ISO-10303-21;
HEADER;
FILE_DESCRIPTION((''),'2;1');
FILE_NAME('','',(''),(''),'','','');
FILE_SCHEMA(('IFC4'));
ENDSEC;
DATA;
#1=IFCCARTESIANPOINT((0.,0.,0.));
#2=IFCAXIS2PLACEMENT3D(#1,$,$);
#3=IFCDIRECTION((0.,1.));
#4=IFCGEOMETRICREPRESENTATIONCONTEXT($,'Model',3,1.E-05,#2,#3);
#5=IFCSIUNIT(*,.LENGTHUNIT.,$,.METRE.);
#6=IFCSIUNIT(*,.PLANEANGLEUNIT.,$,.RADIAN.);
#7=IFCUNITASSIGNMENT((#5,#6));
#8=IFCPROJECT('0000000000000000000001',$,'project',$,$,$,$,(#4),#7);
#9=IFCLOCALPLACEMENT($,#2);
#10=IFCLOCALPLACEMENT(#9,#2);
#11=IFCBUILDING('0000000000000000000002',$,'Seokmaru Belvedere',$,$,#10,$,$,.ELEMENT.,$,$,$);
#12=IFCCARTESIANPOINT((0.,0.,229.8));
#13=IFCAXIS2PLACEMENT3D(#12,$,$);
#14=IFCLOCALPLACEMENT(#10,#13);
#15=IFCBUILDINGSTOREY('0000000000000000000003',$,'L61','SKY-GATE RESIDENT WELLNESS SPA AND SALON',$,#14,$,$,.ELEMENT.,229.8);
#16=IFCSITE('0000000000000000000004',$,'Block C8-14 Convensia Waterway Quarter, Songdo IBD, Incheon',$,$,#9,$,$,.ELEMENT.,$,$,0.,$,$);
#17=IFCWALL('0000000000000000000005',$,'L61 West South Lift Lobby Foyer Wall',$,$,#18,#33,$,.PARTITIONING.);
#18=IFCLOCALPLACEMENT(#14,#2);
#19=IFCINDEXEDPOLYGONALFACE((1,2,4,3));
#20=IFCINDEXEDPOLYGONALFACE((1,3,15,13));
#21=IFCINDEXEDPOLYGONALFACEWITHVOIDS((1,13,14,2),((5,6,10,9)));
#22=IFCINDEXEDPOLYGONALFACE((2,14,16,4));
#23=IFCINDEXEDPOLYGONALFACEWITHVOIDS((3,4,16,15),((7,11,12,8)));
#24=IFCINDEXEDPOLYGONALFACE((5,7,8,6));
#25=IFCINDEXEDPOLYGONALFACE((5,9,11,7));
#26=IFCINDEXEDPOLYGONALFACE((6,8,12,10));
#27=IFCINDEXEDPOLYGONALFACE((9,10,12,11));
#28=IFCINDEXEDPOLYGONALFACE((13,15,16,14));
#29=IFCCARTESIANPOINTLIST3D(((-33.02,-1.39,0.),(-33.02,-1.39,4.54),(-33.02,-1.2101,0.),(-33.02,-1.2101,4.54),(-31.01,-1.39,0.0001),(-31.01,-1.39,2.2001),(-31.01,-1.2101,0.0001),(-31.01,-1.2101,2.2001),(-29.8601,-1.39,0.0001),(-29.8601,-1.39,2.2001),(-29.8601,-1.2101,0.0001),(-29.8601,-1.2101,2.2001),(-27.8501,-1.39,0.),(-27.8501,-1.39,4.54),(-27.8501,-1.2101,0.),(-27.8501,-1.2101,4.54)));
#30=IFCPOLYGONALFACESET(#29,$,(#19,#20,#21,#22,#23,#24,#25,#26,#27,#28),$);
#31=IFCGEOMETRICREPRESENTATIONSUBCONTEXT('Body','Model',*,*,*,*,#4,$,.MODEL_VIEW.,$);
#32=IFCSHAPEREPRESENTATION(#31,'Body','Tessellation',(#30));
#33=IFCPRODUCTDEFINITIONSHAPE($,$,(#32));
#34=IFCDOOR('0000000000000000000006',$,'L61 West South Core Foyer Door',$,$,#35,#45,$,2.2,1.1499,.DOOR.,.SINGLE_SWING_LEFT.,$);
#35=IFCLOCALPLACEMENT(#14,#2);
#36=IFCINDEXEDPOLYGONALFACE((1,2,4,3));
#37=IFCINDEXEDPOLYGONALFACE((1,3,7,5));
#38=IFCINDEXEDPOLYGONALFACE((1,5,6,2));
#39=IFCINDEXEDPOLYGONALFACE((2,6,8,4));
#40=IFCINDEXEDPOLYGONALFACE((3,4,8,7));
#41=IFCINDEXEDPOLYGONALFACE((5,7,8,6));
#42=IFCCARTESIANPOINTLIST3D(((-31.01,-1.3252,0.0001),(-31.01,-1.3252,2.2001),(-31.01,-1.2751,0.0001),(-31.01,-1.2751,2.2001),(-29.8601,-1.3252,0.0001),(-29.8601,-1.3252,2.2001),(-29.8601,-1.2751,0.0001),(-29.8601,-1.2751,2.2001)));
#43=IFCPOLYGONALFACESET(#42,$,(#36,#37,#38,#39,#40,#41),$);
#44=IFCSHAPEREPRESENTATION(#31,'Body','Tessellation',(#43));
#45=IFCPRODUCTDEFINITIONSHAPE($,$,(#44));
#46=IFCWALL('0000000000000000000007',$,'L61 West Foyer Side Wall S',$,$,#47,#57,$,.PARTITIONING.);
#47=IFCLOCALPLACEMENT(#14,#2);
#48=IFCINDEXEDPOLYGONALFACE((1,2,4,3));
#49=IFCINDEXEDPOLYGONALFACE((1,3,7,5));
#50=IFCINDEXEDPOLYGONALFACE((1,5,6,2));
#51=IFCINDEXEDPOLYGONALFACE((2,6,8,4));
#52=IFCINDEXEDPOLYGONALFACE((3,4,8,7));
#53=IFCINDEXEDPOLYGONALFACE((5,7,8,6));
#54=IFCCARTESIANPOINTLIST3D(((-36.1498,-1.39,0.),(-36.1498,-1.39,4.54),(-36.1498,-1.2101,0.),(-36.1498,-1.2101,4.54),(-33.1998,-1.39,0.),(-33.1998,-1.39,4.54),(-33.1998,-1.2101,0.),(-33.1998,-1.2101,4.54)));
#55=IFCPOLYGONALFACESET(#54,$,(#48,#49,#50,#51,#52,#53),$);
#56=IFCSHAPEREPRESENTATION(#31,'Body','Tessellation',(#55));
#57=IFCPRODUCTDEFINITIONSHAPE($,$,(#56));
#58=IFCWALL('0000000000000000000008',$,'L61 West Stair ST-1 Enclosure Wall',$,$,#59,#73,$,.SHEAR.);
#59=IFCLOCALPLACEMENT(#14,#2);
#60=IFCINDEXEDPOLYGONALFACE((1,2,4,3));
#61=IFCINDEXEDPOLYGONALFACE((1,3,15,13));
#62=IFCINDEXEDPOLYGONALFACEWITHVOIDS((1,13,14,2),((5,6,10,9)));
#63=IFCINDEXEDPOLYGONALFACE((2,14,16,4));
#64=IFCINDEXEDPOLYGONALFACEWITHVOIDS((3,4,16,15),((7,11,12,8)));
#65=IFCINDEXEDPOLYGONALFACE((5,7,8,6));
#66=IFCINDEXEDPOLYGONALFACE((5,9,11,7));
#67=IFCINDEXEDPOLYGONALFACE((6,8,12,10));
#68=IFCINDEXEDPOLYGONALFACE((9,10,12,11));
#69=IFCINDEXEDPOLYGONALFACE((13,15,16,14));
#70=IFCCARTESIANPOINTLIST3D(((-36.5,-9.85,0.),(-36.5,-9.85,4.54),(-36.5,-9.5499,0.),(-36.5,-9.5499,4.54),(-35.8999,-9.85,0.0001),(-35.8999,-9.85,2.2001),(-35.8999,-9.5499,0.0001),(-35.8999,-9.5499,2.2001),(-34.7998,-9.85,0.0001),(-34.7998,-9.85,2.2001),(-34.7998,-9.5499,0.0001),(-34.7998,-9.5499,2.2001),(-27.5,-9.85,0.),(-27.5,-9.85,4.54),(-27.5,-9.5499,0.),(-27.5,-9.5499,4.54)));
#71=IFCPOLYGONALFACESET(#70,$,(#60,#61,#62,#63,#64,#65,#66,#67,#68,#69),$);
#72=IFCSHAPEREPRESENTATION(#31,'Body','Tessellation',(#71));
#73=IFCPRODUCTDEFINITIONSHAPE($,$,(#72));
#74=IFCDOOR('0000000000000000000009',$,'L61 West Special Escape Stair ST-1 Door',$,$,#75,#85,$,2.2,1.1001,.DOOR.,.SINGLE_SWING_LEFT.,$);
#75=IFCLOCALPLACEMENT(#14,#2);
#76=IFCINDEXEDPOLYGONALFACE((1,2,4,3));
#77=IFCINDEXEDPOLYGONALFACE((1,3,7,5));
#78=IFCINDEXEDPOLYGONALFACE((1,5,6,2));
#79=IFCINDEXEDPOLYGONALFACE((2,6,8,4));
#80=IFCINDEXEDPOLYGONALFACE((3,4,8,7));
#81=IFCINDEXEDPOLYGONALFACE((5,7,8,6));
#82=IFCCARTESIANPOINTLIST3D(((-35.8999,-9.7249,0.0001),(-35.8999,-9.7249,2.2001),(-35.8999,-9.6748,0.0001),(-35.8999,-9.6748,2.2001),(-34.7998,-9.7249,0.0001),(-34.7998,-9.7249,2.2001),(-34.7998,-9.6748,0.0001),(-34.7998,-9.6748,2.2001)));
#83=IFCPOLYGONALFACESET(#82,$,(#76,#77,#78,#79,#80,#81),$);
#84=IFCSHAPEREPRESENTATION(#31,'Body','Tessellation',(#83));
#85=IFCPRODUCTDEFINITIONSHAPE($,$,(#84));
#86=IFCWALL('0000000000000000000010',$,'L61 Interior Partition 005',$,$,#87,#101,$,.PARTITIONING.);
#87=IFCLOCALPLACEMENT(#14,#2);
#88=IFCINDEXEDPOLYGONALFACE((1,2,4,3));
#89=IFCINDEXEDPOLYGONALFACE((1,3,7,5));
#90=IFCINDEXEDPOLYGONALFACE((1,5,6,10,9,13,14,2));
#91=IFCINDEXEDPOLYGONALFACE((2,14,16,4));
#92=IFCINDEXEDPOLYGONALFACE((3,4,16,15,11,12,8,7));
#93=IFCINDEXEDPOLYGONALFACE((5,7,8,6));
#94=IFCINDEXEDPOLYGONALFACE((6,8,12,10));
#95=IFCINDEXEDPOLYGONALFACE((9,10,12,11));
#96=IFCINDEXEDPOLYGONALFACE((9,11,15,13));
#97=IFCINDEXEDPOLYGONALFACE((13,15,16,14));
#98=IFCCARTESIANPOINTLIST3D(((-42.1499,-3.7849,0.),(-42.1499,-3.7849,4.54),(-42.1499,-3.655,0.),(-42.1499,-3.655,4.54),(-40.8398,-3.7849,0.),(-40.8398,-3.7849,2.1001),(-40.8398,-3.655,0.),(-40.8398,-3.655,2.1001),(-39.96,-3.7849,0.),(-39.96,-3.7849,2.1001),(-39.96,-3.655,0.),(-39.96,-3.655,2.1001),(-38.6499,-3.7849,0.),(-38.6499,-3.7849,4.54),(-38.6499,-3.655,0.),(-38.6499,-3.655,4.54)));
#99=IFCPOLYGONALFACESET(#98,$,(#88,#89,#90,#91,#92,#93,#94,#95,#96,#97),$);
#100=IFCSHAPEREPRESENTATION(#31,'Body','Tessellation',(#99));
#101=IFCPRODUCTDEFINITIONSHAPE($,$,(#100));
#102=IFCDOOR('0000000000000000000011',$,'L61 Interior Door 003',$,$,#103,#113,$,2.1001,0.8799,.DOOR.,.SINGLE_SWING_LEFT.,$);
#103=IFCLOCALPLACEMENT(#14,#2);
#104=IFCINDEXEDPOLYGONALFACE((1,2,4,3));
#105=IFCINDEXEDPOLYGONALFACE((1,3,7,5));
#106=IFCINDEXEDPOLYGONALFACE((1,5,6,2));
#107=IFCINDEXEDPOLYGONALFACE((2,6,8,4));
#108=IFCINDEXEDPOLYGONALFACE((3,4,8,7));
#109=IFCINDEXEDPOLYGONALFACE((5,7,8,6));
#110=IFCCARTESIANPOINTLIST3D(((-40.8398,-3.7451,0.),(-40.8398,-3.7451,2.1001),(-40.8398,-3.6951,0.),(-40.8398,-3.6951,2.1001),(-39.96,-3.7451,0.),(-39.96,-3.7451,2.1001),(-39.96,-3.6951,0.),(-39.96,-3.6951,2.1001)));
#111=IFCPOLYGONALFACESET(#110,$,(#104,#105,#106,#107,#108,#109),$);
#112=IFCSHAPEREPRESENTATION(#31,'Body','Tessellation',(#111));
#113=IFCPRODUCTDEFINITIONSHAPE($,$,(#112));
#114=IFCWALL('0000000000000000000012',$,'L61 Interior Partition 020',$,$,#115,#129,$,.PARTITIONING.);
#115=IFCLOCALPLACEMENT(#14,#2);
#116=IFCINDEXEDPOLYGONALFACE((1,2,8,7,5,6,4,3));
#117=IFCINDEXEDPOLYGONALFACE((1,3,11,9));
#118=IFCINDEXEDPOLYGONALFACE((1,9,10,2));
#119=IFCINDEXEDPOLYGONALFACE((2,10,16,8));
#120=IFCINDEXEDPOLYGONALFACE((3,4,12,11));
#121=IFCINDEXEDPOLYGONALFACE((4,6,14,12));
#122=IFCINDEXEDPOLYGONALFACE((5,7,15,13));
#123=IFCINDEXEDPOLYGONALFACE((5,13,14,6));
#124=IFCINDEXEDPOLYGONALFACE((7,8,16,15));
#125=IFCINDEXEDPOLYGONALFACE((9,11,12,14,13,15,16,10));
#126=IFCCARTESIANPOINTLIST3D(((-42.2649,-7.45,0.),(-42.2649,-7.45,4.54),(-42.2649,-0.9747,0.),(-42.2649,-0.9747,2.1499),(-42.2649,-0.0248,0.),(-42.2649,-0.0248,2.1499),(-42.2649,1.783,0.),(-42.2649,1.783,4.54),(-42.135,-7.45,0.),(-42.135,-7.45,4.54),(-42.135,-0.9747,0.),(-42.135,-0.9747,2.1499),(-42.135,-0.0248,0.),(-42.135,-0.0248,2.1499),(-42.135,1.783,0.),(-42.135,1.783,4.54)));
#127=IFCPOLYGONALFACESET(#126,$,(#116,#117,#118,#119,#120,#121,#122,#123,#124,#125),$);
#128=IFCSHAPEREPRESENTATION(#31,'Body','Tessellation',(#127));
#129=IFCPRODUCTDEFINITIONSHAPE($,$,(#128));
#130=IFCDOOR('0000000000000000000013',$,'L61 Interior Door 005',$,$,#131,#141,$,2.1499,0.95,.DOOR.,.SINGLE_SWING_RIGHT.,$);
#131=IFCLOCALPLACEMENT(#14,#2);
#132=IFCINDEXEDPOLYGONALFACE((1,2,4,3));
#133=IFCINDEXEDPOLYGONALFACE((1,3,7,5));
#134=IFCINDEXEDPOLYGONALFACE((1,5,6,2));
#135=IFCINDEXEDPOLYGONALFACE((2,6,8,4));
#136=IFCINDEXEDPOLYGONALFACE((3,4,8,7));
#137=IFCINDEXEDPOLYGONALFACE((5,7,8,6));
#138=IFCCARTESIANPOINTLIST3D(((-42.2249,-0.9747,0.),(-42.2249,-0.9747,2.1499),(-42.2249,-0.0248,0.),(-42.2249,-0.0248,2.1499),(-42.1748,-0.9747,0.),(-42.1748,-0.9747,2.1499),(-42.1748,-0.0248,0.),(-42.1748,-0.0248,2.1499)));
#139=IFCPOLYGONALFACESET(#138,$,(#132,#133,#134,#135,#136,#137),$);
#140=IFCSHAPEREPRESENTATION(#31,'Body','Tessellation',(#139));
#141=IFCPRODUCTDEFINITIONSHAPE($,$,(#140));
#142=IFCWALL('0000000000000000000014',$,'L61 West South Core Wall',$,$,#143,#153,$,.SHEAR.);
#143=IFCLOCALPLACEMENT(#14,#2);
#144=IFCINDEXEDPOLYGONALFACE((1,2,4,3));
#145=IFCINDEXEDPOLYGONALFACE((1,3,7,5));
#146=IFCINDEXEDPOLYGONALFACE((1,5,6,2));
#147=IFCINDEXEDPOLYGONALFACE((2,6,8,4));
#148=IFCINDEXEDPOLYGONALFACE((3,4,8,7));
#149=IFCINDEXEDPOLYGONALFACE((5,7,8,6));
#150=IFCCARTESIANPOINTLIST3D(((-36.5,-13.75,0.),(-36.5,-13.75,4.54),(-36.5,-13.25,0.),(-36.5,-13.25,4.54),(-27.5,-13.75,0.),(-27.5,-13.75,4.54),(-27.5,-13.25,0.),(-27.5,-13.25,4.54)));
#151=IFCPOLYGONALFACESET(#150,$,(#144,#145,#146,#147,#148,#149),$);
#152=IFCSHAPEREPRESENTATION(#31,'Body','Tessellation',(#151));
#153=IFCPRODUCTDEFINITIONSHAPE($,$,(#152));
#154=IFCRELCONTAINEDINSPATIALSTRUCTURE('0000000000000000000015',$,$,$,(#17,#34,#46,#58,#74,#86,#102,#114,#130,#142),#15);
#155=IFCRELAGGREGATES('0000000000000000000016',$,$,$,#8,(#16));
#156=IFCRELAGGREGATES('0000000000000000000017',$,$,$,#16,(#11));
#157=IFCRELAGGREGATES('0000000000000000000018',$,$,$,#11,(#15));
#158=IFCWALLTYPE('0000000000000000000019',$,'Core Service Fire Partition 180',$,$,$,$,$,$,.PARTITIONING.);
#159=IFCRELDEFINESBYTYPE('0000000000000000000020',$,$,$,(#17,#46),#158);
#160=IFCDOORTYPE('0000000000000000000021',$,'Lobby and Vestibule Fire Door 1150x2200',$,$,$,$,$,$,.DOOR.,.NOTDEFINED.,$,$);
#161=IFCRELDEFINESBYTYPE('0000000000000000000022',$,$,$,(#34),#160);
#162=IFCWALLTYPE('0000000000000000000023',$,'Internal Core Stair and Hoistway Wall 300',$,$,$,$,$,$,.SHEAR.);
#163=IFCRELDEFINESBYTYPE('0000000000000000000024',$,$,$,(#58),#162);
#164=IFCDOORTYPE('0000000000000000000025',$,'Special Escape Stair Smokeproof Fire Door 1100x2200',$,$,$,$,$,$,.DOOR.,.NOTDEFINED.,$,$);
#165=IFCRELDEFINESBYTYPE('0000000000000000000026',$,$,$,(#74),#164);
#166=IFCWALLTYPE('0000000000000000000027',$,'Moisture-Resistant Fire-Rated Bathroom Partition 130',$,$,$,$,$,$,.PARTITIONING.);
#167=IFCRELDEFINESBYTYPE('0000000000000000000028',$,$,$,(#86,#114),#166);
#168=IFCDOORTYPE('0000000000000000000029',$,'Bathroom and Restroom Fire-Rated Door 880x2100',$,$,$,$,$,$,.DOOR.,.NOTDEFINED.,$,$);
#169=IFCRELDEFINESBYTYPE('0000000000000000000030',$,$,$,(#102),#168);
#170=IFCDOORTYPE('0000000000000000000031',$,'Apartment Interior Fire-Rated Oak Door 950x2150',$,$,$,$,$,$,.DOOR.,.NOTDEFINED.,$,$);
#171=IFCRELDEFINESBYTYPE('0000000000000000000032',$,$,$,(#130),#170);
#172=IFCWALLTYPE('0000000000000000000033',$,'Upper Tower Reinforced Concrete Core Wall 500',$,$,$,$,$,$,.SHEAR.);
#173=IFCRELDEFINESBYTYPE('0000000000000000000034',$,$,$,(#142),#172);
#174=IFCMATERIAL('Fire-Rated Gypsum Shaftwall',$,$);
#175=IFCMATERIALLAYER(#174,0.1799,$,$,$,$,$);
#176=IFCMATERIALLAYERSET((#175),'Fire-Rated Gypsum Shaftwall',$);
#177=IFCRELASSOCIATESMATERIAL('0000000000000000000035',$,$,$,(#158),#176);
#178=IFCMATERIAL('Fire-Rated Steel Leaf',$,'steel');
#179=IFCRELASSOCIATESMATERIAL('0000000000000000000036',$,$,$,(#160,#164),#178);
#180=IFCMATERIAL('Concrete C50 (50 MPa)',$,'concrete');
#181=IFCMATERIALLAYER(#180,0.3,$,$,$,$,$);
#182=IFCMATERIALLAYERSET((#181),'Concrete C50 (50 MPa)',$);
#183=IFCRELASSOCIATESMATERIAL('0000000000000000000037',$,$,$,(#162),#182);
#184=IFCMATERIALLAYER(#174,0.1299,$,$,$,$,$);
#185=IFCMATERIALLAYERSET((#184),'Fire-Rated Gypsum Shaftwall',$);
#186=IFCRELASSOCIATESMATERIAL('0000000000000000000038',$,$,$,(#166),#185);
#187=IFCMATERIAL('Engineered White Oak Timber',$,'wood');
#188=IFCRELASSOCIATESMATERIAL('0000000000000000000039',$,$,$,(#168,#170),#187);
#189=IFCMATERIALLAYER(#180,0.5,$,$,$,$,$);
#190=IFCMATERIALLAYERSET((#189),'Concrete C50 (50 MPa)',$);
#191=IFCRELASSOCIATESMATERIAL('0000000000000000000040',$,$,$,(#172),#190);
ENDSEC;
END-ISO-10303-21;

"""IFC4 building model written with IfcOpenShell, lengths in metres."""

from ifc_helpers import new_model, si_unit, direction, frame, frame_2d, origin, place, context, subcontext, project, spatial, rectangle, extrude, source, transform, mapped, material, layer, layer_set, type_object, type_shapes, element, fill, save


model = new_model("IFC4")

# Units and contexts
model_context = context("Model", 3, precision=1e-05, world=origin(), true_north=direction((0.0, 1.0)))
body_context = subcontext(model_context, "Body", "Model", "MODEL_VIEW")
ifc_project = project(units=[si_unit("LENGTHUNIT", "METRE"), si_unit("PLANEANGLEUNIT", "RADIAN")], contexts=[model_context])

# Site, building, storey
site_placement = place(None, origin())
site = spatial("IfcSite", under=ifc_project, at=site_placement, Name="Block C8-14 Convensia Waterway Quarter, Songdo IBD, Incheon", CompositionType="ELEMENT", RefElevation=0.0)
building_placement = place(site_placement, origin())
building = spatial("IfcBuilding", under=site, at=building_placement, Name="Seokmaru Belvedere", CompositionType="ELEMENT")
storey_placement = place(building_placement, frame((0.0, 0.0, 229.8)))
storey = spatial("IfcBuildingStorey", under=building, at=storey_placement, Name="L61", Description="SKY-GATE RESIDENT WELLNESS SPA AND SALON", CompositionType="ELEMENT", Elevation=229.8)

# Shared definitions
ifc_material_1 = material(Name="Fire-Rated Gypsum Shaftwall")
ifc_layer_1 = layer(ifc_material_1, 0.1799)
ifc_layer_set_1 = layer_set([ifc_layer_1], Name="Fire-Rated Gypsum Shaftwall")
wall_type_1 = type_object("IfcWallType", Name="Core Service Fire Partition 180", PredefinedType="PARTITIONING", material=ifc_layer_set_1)

# Wall, opening, door
wall_1_placement = place(storey_placement, frame((-33.02, -1.3, 0.0), z_axis=(0.0, 0.0, 1.0), x_axis=(1.0, 0.0, 0.0)))
wall_1 = element("IfcWall", 1, at=wall_1_placement, inside=storey, type_object=wall_type_1, Name="L61 West South Lift Lobby Foyer Wall", PredefinedType="PARTITIONING", context=body_context, shape_type="SweptSolid", body=[
    extrude(rectangle(XDim=5.1699, YDim=0.1799, at=frame_2d((2.585, 0.0))), origin(), (0.0, 0.0, 1.0), 4.54),
])
opening_1_placement = place(wall_1_placement, frame((2.01, 0.0, 0.0)))
opening_1 = element("IfcOpeningElement", 2, at=opening_1_placement, cuts=wall_1, PredefinedType="OPENING", context=body_context, shape_type="SweptSolid", body=[
    extrude(rectangle(XDim=1.1499, YDim=2.2, at=frame_2d((0.575, 1.1001))), frame((0.0, 0.1001, 0.0), z_axis=(0.0, -1.0, 0.0), x_axis=(1.0, 0.0, 0.0)), (0.0, 0.0, 1.0), 0.2),
])
ifc_material_2 = material(Name="Fire-Rated Steel Leaf", Category="steel")
door_type_1 = type_object("IfcDoorType", Name="Lobby and Vestibule Fire Door 1150x2200", OperationType="NOTDEFINED", PredefinedType="DOOR", material=ifc_material_2)
shared_shape_1 = source(origin(), body_context, "Body", "SweptSolid", [
    extrude(rectangle(XDim=1.1499, YDim=2.2, at=frame_2d((0.575, 1.1001))), frame((0.0, 0.0249, 0.0), z_axis=(0.0, -1.0, 0.0), x_axis=(1.0, 0.0, 0.0)), (0.0, 0.0, 1.0), 0.05),
])
type_shapes(door_type_1, [shared_shape_1])
door_1_placement = place(opening_1_placement, origin())
door_1 = element("IfcDoor", 3, at=door_1_placement, inside=storey, type_object=door_type_1, Name="L61 West South Core Foyer Door", OperationType="SINGLE_SWING_LEFT", OverallHeight=2.2, OverallWidth=1.1499, PredefinedType="DOOR", context=body_context, shape_type="MappedRepresentation", body=[
    mapped(shared_shape_1, transform((0.0, 0.0, 0.0), scale=1.0)),
])
fill(opening_1, door_1)

# Wall
wall_2_placement = place(storey_placement, frame((-36.1499, -1.3, 0.0), z_axis=(0.0, 0.0, 1.0), x_axis=(1.0, 0.0, 0.0)))
element("IfcWall", 4, at=wall_2_placement, inside=storey, type_object=wall_type_1, Name="L61 West Foyer Side Wall S", PredefinedType="PARTITIONING", context=body_context, shape_type="SweptSolid", body=[
    extrude(rectangle(XDim=2.95, YDim=0.1799, at=frame_2d((1.4751, 0.0))), origin(), (0.0, 0.0, 1.0), 4.54),
])

# Walls, openings, doors
ifc_material_3 = material(Name="Concrete C50 (50 MPa)", Category="concrete")
ifc_layer_2 = layer(ifc_material_3, 0.3)
ifc_layer_set_2 = layer_set([ifc_layer_2], Name="Concrete C50 (50 MPa)")
wall_type_2 = type_object("IfcWallType", Name="Internal Core Stair and Hoistway Wall 300", PredefinedType="SHEAR", material=ifc_layer_set_2)
wall_3_placement = place(storey_placement, frame((-36.5, -9.7, 0.0), z_axis=(0.0, 0.0, 1.0), x_axis=(1.0, 0.0, 0.0)))
wall_3 = element("IfcWall", 5, at=wall_3_placement, inside=storey, type_object=wall_type_2, Name="L61 West Stair ST-1 Enclosure Wall", PredefinedType="SHEAR", context=body_context, shape_type="SweptSolid", body=[
    extrude(rectangle(XDim=9.0, YDim=0.3, at=frame_2d((4.5, 0.0))), origin(), (0.0, 0.0, 1.0), 4.54),
])
opening_2_placement = place(wall_3_placement, frame((0.6001, 0.0, 0.0)))
opening_2 = element("IfcOpeningElement", 6, at=opening_2_placement, cuts=wall_3, PredefinedType="OPENING", context=body_context, shape_type="SweptSolid", body=[
    extrude(rectangle(XDim=1.1001, YDim=2.2, at=frame_2d((0.55, 1.1001))), frame((0.0, 0.1602, 0.0), z_axis=(0.0, -1.0, 0.0), x_axis=(1.0, 0.0, 0.0)), (0.0, 0.0, 1.0), 0.3201),
])
door_type_2 = type_object("IfcDoorType", Name="Special Escape Stair Smokeproof Fire Door 1100x2200", OperationType="NOTDEFINED", PredefinedType="DOOR", material=ifc_material_2)
shared_shape_2 = source(origin(), body_context, "Body", "SweptSolid", [
    extrude(rectangle(XDim=1.1001, YDim=2.2, at=frame_2d((0.55, 1.1001))), frame((0.0, 0.0249, 0.0), z_axis=(0.0, -1.0, 0.0), x_axis=(1.0, 0.0, 0.0)), (0.0, 0.0, 1.0), 0.05),
])
type_shapes(door_type_2, [shared_shape_2])
door_2_placement = place(opening_2_placement, frame((1.1001, 0.0, 0.0), z_axis=(0.0, 0.0, 1.0), x_axis=(-1.0, 0.0, 0.0)))
door_2 = element("IfcDoor", 7, at=door_2_placement, inside=storey, type_object=door_type_2, Name="L61 West Special Escape Stair ST-1 Door", OperationType="SINGLE_SWING_LEFT", OverallHeight=2.2, OverallWidth=1.1001, PredefinedType="DOOR", context=body_context, shape_type="MappedRepresentation", body=[
    mapped(shared_shape_2, transform((0.0, 0.0, 0.0), scale=1.0)),
])
fill(opening_2, door_2)
ifc_layer_3 = layer(ifc_material_1, 0.1299)
ifc_layer_set_3 = layer_set([ifc_layer_3], Name="Fire-Rated Gypsum Shaftwall")
wall_type_3 = type_object("IfcWallType", Name="Moisture-Resistant Fire-Rated Bathroom Partition 130", PredefinedType="PARTITIONING", material=ifc_layer_set_3)
wall_4_placement = place(storey_placement, frame((-42.1499, -3.72, 0.0), z_axis=(0.0, 0.0, 1.0), x_axis=(1.0, 0.0, 0.0)))
wall_4 = element("IfcWall", 8, at=wall_4_placement, inside=storey, type_object=wall_type_3, Name="L61 Interior Partition 005", PredefinedType="PARTITIONING", context=body_context, shape_type="SweptSolid", body=[
    extrude(rectangle(XDim=3.5, YDim=0.1299, at=frame_2d((1.75, 0.0))), origin(), (0.0, 0.0, 1.0), 4.54),
])
opening_3_placement = place(wall_4_placement, frame((1.3101, 0.0, 0.0)))
opening_3 = element("IfcOpeningElement", 9, at=opening_3_placement, cuts=wall_4, PredefinedType="OPENING", context=body_context, shape_type="SweptSolid", body=[
    extrude(rectangle(XDim=0.8799, YDim=2.1001, at=frame_2d((0.4399, 1.05))), frame((0.0, 0.075, 0.0), z_axis=(0.0, -1.0, 0.0), x_axis=(1.0, 0.0, 0.0)), (0.0, 0.0, 1.0), 0.1499),
])
ifc_material_4 = material(Name="Engineered White Oak Timber", Category="wood")
door_type_3 = type_object("IfcDoorType", Name="Bathroom and Restroom Fire-Rated Door 880x2100", OperationType="NOTDEFINED", PredefinedType="DOOR", material=ifc_material_4)
shared_shape_3 = source(origin(), body_context, "Body", "SweptSolid", [
    extrude(rectangle(XDim=0.8799, YDim=2.1001, at=frame_2d((0.4399, 1.05))), frame((0.0, 0.0249, 0.0), z_axis=(0.0, -1.0, 0.0), x_axis=(1.0, 0.0, 0.0)), (0.0, 0.0, 1.0), 0.05),
])
type_shapes(door_type_3, [shared_shape_3])
door_3_placement = place(opening_3_placement, origin())
door_3 = element("IfcDoor", 10, at=door_3_placement, inside=storey, type_object=door_type_3, Name="L61 Interior Door 003", OperationType="SINGLE_SWING_LEFT", OverallHeight=2.1001, OverallWidth=0.8799, PredefinedType="DOOR", context=body_context, shape_type="MappedRepresentation", body=[
    mapped(shared_shape_3, transform((0.0, 0.0, 0.0), scale=1.0)),
])
fill(opening_3, door_3)
wall_5_placement = place(storey_placement, frame((-42.2, -7.45, 0.0), z_axis=(0.0, 0.0, 1.0), x_axis=(0.0, 1.0, 0.0)))
wall_5 = element("IfcWall", 11, at=wall_5_placement, inside=storey, type_object=wall_type_3, Name="L61 Interior Partition 020", PredefinedType="PARTITIONING", context=body_context, shape_type="SweptSolid", body=[
    extrude(rectangle(XDim=9.2329, YDim=0.1299, at=frame_2d((4.6165, 0.0))), origin(), (0.0, 0.0, 1.0), 4.54),
])
opening_4_placement = place(wall_5_placement, frame((6.4751, 0.0, 0.0)))
opening_4 = element("IfcOpeningElement", 12, at=opening_4_placement, cuts=wall_5, PredefinedType="OPENING", context=body_context, shape_type="SweptSolid", body=[
    extrude(rectangle(XDim=0.95, YDim=2.1499, at=frame_2d((0.4751, 1.075))), frame((0.0, 0.075, 0.0), z_axis=(0.0, -1.0, 0.0), x_axis=(1.0, 0.0, 0.0)), (0.0, 0.0, 1.0), 0.1499),
])
door_type_4 = type_object("IfcDoorType", Name="Apartment Interior Fire-Rated Oak Door 950x2150", OperationType="NOTDEFINED", PredefinedType="DOOR", material=ifc_material_4)
shared_shape_4 = source(origin(), body_context, "Body", "SweptSolid", [
    extrude(rectangle(XDim=0.95, YDim=2.1499, at=frame_2d((0.4751, 1.075))), frame((0.0, 0.0249, 0.0), z_axis=(0.0, -1.0, 0.0), x_axis=(1.0, 0.0, 0.0)), (0.0, 0.0, 1.0), 0.05),
])
type_shapes(door_type_4, [shared_shape_4])
door_4_placement = place(opening_4_placement, origin())
door_4 = element("IfcDoor", 13, at=door_4_placement, inside=storey, type_object=door_type_4, Name="L61 Interior Door 005", OperationType="SINGLE_SWING_RIGHT", OverallHeight=2.1499, OverallWidth=0.95, PredefinedType="DOOR", context=body_context, shape_type="MappedRepresentation", body=[
    mapped(shared_shape_4, transform((0.0, 0.0, 0.0), scale=1.0)),
])
fill(opening_4, door_4)

# Wall
ifc_layer_4 = layer(ifc_material_3, 0.5)
ifc_layer_set_4 = layer_set([ifc_layer_4], Name="Concrete C50 (50 MPa)")
wall_type_4 = type_object("IfcWallType", Name="Upper Tower Reinforced Concrete Core Wall 500", PredefinedType="SHEAR", material=ifc_layer_set_4)
wall_6_placement = place(storey_placement, frame((-36.5, -13.5, 0.0), z_axis=(0.0, 0.0, 1.0), x_axis=(1.0, 0.0, 0.0)))
element("IfcWall", 14, at=wall_6_placement, inside=storey, type_object=wall_type_4, Name="L61 West South Core Wall", PredefinedType="SHEAR", context=body_context, shape_type="SweptSolid", body=[
    extrude(rectangle(XDim=9.0, YDim=0.5, at=frame_2d((4.5, 0.0))), origin(), (0.0, 0.0, 1.0), 4.54),
])

save(model, "model.ifc")
